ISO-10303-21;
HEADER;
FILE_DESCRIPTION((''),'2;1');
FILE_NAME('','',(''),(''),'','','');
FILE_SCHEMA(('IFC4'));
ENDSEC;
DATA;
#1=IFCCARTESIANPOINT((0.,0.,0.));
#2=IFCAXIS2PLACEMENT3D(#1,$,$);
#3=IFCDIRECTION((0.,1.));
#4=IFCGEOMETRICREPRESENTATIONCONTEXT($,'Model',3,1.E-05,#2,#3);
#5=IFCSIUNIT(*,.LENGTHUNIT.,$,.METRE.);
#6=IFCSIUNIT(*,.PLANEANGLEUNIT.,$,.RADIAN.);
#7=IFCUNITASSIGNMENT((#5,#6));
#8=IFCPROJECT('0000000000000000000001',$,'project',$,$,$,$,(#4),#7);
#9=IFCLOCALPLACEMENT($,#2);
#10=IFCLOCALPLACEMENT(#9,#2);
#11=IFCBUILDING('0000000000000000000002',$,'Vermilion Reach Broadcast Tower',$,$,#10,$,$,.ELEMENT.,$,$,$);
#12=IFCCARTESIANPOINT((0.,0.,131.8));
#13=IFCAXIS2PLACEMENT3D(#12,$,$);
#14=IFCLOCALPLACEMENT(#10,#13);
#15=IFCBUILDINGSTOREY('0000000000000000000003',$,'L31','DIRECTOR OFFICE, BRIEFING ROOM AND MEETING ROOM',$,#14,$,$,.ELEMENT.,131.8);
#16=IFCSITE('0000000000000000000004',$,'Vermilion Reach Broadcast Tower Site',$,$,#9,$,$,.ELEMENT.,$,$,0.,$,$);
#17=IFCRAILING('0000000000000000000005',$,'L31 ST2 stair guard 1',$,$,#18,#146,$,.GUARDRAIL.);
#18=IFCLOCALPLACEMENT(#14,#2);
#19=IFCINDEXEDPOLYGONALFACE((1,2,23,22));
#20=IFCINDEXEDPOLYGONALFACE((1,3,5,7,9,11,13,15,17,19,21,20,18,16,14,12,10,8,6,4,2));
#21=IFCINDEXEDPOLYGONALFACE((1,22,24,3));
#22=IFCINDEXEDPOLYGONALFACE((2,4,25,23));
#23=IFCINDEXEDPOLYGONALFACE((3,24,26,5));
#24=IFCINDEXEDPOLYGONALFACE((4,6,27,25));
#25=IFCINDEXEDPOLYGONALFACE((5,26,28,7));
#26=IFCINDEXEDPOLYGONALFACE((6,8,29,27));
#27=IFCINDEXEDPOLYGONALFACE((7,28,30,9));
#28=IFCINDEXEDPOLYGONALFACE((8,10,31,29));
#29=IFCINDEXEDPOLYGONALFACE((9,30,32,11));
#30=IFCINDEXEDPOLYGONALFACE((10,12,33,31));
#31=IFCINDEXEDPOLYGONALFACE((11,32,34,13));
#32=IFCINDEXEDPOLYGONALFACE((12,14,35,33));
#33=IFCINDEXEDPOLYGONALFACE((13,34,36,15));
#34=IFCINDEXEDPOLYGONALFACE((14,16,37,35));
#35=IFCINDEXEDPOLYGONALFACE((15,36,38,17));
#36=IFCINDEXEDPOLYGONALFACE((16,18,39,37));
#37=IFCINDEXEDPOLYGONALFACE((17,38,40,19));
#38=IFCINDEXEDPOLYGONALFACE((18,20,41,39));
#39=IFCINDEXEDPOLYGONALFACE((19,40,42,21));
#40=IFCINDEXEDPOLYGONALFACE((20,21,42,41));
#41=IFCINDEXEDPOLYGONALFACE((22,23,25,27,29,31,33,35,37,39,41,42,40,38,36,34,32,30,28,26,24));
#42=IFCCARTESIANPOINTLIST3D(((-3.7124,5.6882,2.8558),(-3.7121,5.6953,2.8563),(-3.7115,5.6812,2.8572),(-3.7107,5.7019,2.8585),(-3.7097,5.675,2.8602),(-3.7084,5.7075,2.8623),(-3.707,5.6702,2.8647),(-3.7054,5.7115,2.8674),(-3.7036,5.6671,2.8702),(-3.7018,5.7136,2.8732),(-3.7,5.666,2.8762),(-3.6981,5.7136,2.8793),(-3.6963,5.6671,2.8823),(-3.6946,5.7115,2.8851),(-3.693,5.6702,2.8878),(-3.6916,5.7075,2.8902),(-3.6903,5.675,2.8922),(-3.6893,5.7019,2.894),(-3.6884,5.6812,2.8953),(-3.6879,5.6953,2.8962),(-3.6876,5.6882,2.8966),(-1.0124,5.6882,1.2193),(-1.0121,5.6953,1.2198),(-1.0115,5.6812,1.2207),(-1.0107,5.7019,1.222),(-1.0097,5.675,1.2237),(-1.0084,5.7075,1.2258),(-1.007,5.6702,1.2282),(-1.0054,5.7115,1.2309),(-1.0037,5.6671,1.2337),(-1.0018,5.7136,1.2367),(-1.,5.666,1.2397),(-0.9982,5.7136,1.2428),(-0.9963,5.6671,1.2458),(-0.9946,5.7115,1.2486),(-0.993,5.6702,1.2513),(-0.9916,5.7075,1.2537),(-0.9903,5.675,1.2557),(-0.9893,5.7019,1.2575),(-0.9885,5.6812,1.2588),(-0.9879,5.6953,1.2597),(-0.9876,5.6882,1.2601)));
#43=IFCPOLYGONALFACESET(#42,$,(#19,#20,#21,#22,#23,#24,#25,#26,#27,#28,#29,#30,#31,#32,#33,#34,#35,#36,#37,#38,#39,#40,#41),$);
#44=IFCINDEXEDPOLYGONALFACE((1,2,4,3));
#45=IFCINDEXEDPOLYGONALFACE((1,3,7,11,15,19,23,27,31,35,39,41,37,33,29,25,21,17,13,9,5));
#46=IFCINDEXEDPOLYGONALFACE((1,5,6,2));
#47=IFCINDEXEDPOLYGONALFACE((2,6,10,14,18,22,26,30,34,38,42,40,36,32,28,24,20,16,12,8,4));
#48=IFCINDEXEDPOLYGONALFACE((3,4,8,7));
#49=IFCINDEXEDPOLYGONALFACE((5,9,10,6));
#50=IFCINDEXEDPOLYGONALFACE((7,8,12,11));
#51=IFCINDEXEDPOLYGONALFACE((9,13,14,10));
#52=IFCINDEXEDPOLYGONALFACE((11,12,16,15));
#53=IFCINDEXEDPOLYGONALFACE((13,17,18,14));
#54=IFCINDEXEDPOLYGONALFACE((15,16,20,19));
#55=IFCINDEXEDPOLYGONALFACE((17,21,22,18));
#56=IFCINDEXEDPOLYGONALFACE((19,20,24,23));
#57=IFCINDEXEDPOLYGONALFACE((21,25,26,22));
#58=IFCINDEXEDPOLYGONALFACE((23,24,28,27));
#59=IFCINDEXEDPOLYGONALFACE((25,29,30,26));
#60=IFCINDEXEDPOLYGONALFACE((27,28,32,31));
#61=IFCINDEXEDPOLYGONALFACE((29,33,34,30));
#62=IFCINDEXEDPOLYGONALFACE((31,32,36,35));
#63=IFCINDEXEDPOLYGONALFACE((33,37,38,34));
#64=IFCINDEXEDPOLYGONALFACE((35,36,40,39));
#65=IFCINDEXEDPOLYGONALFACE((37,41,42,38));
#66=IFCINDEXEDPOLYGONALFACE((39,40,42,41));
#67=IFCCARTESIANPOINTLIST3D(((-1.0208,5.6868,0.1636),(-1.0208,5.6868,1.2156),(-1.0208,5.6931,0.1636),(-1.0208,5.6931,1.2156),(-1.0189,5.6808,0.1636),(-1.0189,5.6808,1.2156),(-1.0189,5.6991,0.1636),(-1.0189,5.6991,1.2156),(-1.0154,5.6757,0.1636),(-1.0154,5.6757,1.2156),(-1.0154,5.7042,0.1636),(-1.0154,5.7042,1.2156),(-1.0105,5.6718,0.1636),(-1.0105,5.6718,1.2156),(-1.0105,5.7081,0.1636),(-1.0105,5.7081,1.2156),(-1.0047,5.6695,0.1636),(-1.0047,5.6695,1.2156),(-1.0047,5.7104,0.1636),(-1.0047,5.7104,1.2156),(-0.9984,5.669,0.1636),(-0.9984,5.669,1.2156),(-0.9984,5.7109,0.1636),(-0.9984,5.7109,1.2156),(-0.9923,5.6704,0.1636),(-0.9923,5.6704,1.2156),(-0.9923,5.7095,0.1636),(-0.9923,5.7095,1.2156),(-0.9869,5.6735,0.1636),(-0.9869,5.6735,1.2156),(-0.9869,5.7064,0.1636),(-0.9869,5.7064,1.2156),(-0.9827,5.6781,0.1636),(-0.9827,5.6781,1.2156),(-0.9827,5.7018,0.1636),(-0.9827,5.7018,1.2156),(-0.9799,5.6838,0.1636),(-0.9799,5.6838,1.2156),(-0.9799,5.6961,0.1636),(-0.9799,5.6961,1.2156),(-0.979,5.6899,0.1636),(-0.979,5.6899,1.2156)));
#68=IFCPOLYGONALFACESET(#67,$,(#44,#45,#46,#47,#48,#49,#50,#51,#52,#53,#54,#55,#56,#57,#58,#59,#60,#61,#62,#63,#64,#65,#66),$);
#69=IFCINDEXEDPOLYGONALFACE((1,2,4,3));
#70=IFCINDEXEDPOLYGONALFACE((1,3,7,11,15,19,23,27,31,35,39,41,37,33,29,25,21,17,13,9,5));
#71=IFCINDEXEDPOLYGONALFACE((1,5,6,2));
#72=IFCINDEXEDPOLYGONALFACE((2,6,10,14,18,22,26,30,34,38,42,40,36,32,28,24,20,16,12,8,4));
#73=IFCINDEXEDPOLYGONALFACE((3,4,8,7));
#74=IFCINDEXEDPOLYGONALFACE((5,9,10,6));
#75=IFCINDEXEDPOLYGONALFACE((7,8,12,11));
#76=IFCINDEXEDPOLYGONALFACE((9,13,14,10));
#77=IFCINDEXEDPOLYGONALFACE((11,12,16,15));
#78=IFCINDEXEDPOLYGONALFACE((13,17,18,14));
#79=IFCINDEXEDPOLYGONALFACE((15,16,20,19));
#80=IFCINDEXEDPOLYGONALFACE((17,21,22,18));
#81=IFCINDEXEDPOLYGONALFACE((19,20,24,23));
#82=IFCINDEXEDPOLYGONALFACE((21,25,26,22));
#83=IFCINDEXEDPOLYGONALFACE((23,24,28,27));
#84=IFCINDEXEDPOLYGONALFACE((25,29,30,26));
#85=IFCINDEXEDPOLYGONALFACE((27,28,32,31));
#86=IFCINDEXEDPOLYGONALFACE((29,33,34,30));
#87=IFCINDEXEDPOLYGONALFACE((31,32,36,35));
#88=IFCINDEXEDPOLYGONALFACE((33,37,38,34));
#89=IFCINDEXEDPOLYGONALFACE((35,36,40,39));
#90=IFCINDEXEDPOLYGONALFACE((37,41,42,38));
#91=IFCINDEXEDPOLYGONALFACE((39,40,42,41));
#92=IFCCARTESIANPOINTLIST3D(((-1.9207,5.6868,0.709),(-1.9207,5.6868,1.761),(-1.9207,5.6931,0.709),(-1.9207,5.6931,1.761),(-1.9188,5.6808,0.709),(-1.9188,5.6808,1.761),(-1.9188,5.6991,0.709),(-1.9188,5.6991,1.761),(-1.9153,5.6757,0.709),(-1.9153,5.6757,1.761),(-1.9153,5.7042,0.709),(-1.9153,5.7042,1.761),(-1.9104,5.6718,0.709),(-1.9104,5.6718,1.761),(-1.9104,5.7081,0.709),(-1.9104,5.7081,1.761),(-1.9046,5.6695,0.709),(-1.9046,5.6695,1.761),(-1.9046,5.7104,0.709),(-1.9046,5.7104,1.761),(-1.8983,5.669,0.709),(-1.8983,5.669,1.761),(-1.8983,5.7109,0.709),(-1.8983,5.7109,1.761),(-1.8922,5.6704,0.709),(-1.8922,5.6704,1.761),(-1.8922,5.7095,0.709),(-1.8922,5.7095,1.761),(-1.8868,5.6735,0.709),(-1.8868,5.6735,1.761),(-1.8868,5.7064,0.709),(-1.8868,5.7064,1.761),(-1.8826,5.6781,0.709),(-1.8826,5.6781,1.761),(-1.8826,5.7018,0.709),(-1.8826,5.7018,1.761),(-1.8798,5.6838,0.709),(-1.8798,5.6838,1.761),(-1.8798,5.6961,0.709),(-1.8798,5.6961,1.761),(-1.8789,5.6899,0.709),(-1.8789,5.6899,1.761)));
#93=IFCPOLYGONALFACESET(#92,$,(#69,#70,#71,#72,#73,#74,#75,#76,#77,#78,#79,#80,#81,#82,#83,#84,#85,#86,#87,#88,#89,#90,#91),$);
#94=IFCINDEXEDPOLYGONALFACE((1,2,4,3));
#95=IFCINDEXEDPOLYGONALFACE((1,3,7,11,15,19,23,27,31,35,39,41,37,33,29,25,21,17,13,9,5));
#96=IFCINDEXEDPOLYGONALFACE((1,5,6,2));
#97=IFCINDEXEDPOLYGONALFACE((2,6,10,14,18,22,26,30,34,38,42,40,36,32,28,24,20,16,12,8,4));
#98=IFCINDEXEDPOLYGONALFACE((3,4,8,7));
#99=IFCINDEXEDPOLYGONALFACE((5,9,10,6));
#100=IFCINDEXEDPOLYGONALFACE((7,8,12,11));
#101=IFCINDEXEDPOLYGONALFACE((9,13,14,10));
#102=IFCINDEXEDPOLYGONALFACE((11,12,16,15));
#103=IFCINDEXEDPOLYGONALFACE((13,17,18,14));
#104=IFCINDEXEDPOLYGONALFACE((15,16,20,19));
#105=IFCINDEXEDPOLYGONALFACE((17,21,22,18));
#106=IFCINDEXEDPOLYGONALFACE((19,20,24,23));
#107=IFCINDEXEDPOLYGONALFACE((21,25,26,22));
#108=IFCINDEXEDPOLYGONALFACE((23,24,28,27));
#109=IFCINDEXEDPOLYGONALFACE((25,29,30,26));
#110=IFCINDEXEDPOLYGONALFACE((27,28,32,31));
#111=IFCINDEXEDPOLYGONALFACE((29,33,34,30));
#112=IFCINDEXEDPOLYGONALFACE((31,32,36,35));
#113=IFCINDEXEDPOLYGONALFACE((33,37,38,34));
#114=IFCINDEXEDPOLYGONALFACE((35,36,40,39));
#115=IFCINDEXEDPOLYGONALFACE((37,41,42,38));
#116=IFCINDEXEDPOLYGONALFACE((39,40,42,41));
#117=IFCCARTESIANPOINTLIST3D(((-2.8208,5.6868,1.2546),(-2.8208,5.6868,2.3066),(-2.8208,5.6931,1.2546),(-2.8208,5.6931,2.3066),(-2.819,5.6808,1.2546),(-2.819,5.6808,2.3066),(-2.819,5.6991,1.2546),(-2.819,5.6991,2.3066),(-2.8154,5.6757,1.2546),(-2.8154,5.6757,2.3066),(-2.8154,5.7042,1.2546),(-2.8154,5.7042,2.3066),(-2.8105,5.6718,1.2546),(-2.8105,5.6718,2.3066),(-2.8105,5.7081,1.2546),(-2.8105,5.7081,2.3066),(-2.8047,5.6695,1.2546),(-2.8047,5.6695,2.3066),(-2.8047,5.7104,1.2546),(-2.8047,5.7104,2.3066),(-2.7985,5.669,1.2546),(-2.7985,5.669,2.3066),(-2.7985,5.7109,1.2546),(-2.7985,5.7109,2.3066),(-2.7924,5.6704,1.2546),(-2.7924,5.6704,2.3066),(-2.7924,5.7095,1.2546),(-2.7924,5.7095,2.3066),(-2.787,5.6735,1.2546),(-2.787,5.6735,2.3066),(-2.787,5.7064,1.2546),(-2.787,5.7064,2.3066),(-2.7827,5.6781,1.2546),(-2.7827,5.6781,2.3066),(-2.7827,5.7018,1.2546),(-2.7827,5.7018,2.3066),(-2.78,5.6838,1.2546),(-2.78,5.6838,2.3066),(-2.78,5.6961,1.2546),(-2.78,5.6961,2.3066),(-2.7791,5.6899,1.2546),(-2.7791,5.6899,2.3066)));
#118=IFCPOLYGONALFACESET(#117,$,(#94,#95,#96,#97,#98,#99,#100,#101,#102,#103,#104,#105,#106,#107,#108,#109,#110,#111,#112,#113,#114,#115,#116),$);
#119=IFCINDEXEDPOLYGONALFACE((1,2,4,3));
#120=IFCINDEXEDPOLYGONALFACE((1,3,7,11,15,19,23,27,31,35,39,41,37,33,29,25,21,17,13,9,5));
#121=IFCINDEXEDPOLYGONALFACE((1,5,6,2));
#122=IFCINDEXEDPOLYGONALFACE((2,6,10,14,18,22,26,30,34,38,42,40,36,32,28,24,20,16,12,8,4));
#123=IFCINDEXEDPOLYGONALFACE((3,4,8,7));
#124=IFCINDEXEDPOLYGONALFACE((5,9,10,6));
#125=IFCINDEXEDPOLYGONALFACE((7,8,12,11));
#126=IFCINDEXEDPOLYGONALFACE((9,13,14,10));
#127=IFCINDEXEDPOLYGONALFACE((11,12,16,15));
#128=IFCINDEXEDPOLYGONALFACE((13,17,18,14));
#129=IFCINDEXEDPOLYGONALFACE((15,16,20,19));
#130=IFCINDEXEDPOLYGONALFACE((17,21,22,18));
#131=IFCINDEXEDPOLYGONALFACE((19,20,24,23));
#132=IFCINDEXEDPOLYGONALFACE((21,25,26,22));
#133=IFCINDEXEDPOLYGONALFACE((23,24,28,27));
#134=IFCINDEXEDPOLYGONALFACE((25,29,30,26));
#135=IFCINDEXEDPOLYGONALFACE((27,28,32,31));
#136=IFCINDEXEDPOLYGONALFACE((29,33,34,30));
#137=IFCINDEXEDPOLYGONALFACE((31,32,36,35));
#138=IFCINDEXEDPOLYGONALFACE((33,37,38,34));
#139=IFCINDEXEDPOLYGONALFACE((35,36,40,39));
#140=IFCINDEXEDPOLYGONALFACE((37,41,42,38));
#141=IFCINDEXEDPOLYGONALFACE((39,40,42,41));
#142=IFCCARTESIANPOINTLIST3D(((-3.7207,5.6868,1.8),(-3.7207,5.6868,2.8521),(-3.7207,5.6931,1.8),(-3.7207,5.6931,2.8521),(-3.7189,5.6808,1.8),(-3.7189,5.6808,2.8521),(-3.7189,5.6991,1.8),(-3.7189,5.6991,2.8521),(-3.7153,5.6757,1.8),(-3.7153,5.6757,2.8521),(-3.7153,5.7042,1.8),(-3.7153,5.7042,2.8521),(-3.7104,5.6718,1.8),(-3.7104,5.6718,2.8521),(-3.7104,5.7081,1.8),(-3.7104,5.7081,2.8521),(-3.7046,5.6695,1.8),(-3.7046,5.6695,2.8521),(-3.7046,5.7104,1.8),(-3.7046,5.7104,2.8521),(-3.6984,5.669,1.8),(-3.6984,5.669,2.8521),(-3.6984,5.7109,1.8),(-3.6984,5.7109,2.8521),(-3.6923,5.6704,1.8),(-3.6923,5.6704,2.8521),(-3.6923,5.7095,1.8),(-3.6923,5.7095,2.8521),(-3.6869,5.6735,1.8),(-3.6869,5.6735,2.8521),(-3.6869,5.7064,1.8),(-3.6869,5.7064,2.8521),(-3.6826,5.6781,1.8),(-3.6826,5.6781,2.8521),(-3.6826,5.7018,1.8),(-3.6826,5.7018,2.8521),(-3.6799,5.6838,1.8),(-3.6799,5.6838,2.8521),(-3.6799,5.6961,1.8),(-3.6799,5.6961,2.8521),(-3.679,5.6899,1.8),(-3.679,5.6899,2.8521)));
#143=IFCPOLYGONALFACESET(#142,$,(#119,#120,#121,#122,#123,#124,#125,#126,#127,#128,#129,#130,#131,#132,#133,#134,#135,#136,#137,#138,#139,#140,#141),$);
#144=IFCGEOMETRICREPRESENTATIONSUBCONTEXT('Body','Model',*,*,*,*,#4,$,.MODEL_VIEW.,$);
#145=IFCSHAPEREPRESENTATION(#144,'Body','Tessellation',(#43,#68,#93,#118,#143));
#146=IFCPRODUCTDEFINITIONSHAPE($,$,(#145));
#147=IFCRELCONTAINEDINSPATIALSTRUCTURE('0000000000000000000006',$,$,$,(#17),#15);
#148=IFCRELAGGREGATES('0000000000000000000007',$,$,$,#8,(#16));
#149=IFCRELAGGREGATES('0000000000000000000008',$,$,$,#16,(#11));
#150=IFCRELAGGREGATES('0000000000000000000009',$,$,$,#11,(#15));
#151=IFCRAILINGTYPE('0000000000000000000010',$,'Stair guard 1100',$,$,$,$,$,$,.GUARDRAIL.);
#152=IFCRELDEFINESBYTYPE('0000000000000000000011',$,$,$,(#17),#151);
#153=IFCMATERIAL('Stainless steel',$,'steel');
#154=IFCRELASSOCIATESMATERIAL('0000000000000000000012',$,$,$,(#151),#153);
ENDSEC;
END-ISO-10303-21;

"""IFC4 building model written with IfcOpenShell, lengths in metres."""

from ifc_helpers import new_model, si_unit, direction, frame, origin, origin_2d, place, context, subcontext, project, spatial, circle, extrude, material, type_object, element, save


model = new_model("IFC4")

# Units and contexts
model_context = context("Model", 3, precision=1e-05, world=origin(), true_north=direction((0.0, 1.0)))
body_context = subcontext(model_context, "Body", "Model", "MODEL_VIEW")
ifc_project = project(units=[si_unit("LENGTHUNIT", "METRE"), si_unit("PLANEANGLEUNIT", "RADIAN")], contexts=[model_context])

# Site, building, storey
site_placement = place(None, origin())
site = spatial("IfcSite", under=ifc_project, at=site_placement, Name="Vermilion Reach Broadcast Tower Site", CompositionType="ELEMENT", RefElevation=0.0)
building_placement = place(site_placement, origin())
building = spatial("IfcBuilding", under=site, at=building_placement, Name="Vermilion Reach Broadcast Tower", CompositionType="ELEMENT")
storey_placement = place(building_placement, frame((0.0, 0.0, 131.8)))
storey = spatial("IfcBuildingStorey", under=building, at=storey_placement, Name="L31", Description="DIRECTOR OFFICE, BRIEFING ROOM AND MEETING ROOM", CompositionType="ELEMENT", Elevation=131.8)

# Railing
ifc_material_1 = material(Name="Stainless steel", Category="steel")
railing_type_1 = type_object("IfcRailingType", Name="Stair guard 1100", PredefinedType="GUARDRAIL", material=ifc_material_1)
railing_1_placement = place(storey_placement, frame((-1.0, 5.6899, 0.1636)))
element("IfcRailing", 1, at=railing_1_placement, inside=storey, type_object=railing_type_1, Name="L31 ST2 stair guard 1", PredefinedType="GUARDRAIL", context=body_context, shape_type="SweptSolid", body=[
    extrude(circle(Radius=0.0239, at=origin_2d()), frame((0.0, 0.0, 1.0762), z_axis=(-0.855178, 0.0, 0.518334), x_axis=(0.0, -1.0, 0.0)), (0.0, 0.0, 1.0), 3.1572),
    extrude(circle(Radius=0.021, at=origin_2d()), origin(), (0.0, 0.0, 1.0), 1.052),
    extrude(circle(Radius=0.021, at=origin_2d()), frame((-0.8999, 0.0, 0.5454)), (0.0, 0.0, 1.0), 1.052),
    extrude(circle(Radius=0.021, at=origin_2d()), frame((-1.8, 0.0, 1.0911)), (0.0, 0.0, 1.0), 1.052),
    extrude(circle(Radius=0.021, at=origin_2d()), frame((-2.7, 0.0, 1.6365)), (0.0, 0.0, 1.0), 1.052),
])

save(model, "model.ifc")
